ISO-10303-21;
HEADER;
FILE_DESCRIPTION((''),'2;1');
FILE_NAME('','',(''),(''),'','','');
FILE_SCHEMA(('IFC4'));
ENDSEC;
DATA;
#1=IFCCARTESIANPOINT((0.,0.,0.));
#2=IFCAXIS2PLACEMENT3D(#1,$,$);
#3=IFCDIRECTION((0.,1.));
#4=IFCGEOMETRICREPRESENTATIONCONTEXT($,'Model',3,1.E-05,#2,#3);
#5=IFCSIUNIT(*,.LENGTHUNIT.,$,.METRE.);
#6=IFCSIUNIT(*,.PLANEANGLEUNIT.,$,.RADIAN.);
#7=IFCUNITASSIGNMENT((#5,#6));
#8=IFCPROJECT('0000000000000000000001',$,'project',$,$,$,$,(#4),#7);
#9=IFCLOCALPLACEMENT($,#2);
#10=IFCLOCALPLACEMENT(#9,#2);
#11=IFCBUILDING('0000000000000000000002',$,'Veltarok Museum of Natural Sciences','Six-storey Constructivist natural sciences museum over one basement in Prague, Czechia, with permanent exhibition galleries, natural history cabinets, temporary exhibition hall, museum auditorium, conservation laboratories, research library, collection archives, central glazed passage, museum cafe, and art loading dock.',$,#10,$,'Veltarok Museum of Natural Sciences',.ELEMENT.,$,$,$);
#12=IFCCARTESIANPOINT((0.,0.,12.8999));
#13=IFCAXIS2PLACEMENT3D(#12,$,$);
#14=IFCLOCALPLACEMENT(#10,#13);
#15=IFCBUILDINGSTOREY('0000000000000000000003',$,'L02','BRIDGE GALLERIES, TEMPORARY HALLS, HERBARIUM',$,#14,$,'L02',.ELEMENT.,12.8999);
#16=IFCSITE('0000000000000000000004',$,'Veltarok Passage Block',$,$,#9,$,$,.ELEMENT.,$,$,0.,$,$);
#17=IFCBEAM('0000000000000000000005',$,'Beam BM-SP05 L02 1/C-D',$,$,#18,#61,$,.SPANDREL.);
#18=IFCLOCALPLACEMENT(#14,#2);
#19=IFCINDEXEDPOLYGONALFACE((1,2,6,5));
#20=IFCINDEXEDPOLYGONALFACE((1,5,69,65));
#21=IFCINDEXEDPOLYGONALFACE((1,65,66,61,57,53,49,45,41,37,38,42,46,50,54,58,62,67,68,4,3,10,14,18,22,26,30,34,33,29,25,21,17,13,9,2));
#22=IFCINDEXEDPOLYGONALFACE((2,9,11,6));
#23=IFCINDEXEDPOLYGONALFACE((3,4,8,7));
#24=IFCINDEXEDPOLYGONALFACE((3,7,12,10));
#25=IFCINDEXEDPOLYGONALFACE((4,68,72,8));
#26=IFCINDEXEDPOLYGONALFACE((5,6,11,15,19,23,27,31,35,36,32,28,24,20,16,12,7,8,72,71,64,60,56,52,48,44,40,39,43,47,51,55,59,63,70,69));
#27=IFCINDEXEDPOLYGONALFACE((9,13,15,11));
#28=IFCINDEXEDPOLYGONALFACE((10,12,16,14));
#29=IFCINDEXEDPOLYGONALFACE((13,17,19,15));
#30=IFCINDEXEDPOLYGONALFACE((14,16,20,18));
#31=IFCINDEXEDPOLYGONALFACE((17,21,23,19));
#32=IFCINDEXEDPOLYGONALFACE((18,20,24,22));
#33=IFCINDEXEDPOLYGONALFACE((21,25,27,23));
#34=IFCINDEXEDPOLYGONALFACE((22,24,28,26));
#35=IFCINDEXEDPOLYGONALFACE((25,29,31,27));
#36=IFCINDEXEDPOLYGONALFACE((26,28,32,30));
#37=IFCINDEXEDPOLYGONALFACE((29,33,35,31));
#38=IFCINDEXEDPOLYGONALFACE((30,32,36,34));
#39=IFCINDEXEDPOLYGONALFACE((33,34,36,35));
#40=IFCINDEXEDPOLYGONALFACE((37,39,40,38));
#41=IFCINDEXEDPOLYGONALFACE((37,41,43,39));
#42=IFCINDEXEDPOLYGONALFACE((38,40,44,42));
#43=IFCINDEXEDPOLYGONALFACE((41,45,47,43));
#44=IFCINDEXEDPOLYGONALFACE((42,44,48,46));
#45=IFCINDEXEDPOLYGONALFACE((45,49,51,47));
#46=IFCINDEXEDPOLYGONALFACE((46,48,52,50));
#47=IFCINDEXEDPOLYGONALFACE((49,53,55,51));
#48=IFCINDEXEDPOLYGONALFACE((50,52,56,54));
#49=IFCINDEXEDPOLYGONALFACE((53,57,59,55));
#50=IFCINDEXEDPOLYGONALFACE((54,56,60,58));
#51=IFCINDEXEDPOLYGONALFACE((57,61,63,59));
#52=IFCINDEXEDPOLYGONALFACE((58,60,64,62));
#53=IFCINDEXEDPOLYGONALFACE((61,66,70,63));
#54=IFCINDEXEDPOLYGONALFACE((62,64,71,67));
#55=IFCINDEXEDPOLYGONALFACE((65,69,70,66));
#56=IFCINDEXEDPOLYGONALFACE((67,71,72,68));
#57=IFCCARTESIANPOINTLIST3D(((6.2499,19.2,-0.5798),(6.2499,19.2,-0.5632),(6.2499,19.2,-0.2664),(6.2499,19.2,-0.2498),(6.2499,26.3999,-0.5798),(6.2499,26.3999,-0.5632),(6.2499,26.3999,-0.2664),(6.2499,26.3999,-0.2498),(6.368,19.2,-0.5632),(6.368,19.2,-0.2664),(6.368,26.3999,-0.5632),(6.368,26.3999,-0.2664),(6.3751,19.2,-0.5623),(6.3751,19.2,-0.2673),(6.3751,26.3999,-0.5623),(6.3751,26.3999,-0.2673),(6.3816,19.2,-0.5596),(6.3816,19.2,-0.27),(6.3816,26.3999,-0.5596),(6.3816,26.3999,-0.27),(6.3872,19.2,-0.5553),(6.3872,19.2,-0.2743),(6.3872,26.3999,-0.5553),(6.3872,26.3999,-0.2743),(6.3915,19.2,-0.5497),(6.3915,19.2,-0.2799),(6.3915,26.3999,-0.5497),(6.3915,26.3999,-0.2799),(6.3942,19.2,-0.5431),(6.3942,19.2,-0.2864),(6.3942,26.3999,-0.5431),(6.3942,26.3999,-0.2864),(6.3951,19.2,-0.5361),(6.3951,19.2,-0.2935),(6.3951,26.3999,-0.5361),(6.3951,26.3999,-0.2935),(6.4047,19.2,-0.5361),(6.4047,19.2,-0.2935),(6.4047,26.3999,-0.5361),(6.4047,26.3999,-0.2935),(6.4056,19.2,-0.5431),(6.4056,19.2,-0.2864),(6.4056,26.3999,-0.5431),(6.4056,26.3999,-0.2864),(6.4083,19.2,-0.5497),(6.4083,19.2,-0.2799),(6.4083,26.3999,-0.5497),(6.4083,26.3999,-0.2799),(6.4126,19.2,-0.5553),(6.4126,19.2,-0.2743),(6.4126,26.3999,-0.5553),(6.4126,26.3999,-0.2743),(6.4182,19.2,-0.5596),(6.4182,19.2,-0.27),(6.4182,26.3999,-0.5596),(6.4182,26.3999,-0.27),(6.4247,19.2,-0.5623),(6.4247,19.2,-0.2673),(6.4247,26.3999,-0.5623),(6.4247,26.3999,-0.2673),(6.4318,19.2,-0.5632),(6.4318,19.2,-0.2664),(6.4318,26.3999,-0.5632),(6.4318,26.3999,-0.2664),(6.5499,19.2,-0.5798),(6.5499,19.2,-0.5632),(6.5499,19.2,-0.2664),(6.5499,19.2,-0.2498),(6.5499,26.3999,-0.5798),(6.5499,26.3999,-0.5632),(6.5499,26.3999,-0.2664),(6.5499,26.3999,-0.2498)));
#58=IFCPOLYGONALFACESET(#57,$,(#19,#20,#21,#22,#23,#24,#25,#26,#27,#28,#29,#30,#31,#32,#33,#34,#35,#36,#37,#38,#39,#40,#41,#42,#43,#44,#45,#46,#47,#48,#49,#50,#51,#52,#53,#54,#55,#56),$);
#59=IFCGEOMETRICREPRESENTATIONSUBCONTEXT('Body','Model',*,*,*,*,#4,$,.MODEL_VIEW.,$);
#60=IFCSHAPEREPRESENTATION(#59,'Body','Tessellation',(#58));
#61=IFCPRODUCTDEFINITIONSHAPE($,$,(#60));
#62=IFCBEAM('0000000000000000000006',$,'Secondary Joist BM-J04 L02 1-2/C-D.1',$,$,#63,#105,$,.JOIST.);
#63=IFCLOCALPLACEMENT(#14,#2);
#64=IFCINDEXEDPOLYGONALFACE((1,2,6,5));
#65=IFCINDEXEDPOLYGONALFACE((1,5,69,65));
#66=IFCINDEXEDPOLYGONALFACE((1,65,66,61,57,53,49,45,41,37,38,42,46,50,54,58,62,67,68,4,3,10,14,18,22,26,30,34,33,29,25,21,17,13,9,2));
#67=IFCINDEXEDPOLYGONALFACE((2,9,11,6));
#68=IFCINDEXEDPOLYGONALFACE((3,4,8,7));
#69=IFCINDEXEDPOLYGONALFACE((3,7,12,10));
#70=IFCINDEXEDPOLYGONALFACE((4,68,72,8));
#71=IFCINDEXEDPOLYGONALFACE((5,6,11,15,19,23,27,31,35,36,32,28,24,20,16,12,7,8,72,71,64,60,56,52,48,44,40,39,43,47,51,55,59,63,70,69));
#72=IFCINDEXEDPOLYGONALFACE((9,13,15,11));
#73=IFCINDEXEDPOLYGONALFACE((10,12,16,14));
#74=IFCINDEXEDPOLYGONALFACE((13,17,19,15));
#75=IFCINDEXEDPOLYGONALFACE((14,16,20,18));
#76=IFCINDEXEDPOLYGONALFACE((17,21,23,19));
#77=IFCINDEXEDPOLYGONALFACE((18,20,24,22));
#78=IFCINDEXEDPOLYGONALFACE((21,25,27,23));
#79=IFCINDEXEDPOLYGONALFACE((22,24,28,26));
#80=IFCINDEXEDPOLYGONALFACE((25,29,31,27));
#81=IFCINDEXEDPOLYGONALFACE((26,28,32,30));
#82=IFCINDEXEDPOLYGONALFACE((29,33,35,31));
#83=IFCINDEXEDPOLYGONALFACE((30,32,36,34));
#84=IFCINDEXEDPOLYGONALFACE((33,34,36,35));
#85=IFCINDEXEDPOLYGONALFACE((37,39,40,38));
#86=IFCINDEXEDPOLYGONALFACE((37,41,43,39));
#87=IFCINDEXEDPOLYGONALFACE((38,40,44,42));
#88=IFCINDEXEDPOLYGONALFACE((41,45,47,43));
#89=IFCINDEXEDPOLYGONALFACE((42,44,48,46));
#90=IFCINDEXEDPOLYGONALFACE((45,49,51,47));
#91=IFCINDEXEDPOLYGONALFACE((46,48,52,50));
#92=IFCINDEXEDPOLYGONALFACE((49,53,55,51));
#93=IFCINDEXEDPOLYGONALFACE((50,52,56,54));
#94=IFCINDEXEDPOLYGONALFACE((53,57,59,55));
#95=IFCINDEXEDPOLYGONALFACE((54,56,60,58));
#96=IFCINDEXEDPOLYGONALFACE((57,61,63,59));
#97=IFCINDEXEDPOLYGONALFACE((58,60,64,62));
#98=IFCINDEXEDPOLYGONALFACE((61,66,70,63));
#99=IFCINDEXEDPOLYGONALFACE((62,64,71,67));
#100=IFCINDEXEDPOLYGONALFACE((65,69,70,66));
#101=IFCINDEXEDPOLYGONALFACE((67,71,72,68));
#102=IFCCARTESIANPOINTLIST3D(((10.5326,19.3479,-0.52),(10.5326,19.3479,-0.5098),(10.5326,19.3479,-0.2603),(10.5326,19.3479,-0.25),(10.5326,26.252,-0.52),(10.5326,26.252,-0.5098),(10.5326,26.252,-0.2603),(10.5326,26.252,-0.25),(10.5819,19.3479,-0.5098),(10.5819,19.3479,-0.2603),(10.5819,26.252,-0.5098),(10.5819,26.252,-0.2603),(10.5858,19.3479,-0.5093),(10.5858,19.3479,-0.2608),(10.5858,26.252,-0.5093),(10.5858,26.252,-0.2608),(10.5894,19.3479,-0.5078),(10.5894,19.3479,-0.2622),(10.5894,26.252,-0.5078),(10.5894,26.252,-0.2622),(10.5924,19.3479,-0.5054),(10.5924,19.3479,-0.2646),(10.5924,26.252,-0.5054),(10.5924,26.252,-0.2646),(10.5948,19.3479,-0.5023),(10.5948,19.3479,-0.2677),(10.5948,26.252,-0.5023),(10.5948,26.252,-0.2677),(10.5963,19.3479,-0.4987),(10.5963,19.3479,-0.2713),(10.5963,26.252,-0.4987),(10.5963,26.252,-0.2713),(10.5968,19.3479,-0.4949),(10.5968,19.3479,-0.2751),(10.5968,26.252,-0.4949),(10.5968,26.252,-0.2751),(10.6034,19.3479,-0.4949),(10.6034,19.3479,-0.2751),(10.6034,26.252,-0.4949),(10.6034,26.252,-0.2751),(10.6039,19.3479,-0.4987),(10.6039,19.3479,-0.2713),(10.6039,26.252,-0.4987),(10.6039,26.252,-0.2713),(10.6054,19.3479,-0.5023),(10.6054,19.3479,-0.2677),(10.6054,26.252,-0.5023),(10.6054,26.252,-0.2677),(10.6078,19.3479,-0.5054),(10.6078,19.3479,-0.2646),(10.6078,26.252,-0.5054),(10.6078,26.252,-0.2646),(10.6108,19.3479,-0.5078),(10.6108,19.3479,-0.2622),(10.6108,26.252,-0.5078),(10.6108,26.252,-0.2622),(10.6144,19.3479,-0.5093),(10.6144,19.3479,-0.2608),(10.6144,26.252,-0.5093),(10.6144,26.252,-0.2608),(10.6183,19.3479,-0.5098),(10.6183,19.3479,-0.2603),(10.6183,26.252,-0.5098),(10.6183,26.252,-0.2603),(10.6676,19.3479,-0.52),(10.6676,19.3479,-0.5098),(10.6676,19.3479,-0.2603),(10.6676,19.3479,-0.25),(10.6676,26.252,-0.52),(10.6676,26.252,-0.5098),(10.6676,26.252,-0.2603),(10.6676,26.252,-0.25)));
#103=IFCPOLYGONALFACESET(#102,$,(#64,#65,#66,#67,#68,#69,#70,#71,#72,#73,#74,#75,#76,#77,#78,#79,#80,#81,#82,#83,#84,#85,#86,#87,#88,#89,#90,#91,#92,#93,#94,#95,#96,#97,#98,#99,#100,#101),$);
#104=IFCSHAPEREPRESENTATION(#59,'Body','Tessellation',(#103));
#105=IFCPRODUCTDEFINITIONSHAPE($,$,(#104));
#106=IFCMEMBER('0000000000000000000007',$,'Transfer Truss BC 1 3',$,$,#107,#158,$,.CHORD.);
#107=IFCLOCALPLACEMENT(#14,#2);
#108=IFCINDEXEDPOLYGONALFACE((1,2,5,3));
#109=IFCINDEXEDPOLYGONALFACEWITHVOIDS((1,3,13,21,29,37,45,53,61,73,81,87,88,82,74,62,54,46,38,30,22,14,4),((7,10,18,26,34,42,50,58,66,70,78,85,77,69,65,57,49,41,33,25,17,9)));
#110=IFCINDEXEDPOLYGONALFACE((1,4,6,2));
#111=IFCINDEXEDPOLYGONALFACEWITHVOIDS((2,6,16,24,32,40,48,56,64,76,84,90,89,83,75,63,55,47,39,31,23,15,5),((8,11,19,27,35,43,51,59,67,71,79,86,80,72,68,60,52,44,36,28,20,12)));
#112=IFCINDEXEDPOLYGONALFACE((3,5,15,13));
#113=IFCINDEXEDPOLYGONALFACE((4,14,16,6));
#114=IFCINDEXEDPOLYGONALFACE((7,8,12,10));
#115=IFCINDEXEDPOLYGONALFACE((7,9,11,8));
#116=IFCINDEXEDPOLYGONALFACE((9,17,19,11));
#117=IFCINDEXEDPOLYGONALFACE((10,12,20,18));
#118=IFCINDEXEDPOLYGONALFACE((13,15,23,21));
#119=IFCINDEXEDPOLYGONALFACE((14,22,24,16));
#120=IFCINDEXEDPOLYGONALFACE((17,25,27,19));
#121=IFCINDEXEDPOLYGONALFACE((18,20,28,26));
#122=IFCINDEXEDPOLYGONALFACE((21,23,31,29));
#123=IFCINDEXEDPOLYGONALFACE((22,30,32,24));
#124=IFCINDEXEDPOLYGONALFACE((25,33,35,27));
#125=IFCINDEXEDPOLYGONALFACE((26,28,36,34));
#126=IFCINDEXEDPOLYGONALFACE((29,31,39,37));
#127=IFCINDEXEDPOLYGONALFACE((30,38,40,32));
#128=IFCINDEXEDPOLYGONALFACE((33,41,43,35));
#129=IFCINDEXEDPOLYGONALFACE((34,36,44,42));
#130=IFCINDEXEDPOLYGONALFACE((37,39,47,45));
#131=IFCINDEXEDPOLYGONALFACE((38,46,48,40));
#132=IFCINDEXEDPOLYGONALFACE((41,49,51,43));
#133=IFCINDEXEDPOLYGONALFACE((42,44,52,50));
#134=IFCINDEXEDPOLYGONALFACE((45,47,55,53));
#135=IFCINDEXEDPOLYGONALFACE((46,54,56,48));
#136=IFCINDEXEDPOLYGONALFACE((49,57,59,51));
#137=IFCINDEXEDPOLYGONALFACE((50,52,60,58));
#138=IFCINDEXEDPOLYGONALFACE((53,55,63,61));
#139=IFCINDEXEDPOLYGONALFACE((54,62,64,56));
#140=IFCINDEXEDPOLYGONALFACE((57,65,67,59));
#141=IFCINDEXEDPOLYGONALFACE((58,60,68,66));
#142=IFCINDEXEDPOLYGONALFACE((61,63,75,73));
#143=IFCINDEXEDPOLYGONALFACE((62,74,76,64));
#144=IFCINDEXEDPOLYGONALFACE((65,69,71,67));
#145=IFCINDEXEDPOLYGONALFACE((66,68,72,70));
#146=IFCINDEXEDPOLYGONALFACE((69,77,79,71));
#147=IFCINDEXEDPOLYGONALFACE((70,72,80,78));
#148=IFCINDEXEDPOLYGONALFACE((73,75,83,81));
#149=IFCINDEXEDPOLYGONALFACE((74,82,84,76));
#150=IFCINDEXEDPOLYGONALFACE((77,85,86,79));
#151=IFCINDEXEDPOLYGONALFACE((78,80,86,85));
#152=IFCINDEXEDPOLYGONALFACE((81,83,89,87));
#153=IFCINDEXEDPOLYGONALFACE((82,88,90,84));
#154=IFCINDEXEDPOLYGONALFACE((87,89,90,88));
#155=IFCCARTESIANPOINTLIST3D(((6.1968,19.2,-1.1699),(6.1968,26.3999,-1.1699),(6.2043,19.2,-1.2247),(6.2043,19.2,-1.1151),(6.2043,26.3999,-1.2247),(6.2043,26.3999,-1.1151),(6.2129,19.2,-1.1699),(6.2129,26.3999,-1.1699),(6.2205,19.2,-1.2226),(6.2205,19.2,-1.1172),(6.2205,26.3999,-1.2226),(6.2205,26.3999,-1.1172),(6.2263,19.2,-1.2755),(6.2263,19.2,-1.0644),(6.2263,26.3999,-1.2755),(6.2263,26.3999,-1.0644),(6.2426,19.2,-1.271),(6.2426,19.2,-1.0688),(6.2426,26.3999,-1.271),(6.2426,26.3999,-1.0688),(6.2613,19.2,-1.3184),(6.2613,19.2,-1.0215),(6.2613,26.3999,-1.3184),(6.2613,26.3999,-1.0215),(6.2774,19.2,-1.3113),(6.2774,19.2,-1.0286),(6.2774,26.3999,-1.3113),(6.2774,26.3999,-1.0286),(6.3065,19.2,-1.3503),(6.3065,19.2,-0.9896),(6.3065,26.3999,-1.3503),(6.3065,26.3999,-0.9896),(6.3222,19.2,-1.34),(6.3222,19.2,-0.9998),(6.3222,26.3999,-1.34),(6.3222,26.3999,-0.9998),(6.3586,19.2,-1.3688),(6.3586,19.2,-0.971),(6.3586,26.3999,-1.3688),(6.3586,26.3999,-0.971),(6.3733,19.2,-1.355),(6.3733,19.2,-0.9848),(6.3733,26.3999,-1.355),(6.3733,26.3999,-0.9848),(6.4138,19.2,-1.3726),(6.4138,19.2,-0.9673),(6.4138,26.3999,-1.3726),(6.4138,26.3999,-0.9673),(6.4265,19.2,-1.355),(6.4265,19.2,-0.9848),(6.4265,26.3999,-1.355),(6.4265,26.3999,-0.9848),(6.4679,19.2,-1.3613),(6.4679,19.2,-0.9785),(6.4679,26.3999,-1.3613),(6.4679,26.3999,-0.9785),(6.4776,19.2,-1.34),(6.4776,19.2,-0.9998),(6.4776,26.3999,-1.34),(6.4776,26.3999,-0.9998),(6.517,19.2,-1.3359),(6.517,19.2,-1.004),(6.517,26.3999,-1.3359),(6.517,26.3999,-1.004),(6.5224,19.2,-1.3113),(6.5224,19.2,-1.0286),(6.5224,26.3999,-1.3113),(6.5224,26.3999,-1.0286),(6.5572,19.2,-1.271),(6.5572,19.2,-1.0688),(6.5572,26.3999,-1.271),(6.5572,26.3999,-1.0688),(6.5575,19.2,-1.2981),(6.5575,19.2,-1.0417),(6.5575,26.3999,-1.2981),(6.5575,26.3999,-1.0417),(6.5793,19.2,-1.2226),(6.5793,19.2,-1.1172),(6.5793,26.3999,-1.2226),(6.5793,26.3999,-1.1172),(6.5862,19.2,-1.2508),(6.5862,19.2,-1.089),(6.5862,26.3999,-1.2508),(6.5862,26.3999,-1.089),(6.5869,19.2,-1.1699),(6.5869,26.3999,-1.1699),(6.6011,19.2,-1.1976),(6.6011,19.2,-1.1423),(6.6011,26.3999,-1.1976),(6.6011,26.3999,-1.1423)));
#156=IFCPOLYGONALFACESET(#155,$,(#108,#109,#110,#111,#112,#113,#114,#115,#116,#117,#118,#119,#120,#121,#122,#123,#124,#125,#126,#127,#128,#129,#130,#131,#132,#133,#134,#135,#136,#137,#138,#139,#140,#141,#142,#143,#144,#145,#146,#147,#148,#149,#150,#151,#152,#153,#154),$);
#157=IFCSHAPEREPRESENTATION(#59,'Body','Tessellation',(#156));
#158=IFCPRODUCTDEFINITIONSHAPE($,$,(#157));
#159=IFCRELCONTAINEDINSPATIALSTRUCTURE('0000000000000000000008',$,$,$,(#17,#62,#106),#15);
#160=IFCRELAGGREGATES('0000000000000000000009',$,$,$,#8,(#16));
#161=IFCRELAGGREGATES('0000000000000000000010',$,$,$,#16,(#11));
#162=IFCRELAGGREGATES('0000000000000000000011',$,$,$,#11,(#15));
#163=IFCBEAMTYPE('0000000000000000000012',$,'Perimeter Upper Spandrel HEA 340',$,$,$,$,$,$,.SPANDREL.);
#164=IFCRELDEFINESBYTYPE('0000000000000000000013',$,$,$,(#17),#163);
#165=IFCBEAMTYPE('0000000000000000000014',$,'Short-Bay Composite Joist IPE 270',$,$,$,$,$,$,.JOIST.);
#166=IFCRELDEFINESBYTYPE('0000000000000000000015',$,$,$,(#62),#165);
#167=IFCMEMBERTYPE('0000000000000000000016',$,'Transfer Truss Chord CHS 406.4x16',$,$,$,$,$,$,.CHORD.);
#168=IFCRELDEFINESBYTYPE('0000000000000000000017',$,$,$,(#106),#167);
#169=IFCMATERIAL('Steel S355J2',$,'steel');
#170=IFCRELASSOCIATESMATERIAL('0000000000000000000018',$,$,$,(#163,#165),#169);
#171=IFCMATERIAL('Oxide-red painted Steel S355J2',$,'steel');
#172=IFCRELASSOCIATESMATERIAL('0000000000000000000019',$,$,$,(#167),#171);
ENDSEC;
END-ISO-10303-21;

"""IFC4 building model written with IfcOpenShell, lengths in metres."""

from ifc_helpers import new_model, si_unit, direction, frame, origin, origin_2d, place, context, subcontext, project, spatial, hollow_circle, i_section, extrude, material, material_profile, profile_set, type_object, element, save


model = new_model("IFC4")

# Units and contexts
model_context = context("Model", 3, precision=1e-05, world=origin(), true_north=direction((0.0, 1.0)))
body_context = subcontext(model_context, "Body", "Model", "MODEL_VIEW")
ifc_project = project(units=[si_unit("LENGTHUNIT", "METRE"), si_unit("PLANEANGLEUNIT", "RADIAN")], contexts=[model_context])

# Site, building, storey
site_placement = place(None, origin())
site = spatial("IfcSite", under=ifc_project, at=site_placement, Name="Veltarok Passage Block", CompositionType="ELEMENT", RefElevation=0.0)
building_placement = place(site_placement, origin())
building = spatial("IfcBuilding", under=site, at=building_placement, Name="Veltarok Museum of Natural Sciences", Description="Six-storey Constructivist natural sciences museum over one basement in Prague, Czechia, with permanent exhibition galleries, natural history cabinets, temporary exhibition hall, museum auditorium, conservation laboratories, research library, collection archives, central glazed passage, museum cafe, and art loading dock.", LongName="Veltarok Museum of Natural Sciences", CompositionType="ELEMENT")
storey_placement = place(building_placement, frame((0.0, 0.0, 12.8999)))
storey = spatial("IfcBuildingStorey", under=building, at=storey_placement, Name="L02", Description="BRIDGE GALLERIES, TEMPORARY HALLS, HERBARIUM", LongName="L02", CompositionType="ELEMENT", Elevation=12.8999)

# Shared definitions
ifc_material_1 = material(Name="Steel S355J2", Category="steel")

# Shared definitions
ifc_material_2 = material(Name="Oxide-red painted Steel S355J2", Category="steel")

# Beams
ifc_material_profile_1 = material_profile(ifc_material_1, i_section(OverallWidth=0.3, OverallDepth=0.3301, WebThickness=0.0095, FlangeThickness=0.0166, FilletRadius=0.0271, at=origin_2d()), Name="HEA 340")
ifc_profile_set_1 = profile_set([ifc_material_profile_1], Name="Steel S355J2")
beam_type_1 = type_object("IfcBeamType", Name="Perimeter Upper Spandrel HEA 340", PredefinedType="SPANDREL", material=ifc_profile_set_1)
beam_1_placement = place(storey_placement, frame((6.3999, 19.2, -0.4148), z_axis=(0.0, 1.0, 0.0), x_axis=(-1.0, 0.0, 0.0)))
element("IfcBeam", 1, at=beam_1_placement, inside=storey, type_object=beam_type_1, Name="Beam BM-SP05 L02 1/C-D", PredefinedType="SPANDREL", context=body_context, shape_type="SweptSolid", body=[
    extrude(i_section(OverallWidth=0.3, OverallDepth=0.3301, WebThickness=0.0095, FlangeThickness=0.0166, FilletRadius=0.0271, at=origin_2d()), origin(), (0.0, 0.0, 1.0), 7.2),
])
ifc_material_profile_2 = material_profile(ifc_material_1, i_section(OverallWidth=0.135, OverallDepth=0.27, WebThickness=0.0066, FlangeThickness=0.0103, FilletRadius=0.0149, at=origin_2d()), Name="IPE 270")
ifc_profile_set_2 = profile_set([ifc_material_profile_2], Name="Steel S355J2")
beam_type_2 = type_object("IfcBeamType", Name="Short-Bay Composite Joist IPE 270", PredefinedType="JOIST", material=ifc_profile_set_2)
beam_2_placement = place(storey_placement, frame((10.6001, 19.3479, -0.385), z_axis=(0.0, 1.0, 0.0), x_axis=(-1.0, 0.0, 0.0)))
element("IfcBeam", 2, at=beam_2_placement, inside=storey, type_object=beam_type_2, Name="Secondary Joist BM-J04 L02 1-2/C-D.1", PredefinedType="JOIST", context=body_context, shape_type="SweptSolid", body=[
    extrude(i_section(OverallWidth=0.135, OverallDepth=0.27, WebThickness=0.0066, FlangeThickness=0.0103, FilletRadius=0.0149, at=origin_2d()), origin(), (0.0, 0.0, 1.0), 6.9041),
])

# Member
ifc_material_profile_3 = material_profile(ifc_material_2, hollow_circle(Radius=0.2031, WallThickness=0.0161, at=origin_2d()), Name="CHS 406.4x16")
ifc_profile_set_3 = profile_set([ifc_material_profile_3], Name="Oxide-red painted Steel S355J2")
member_type_1 = type_object("IfcMemberType", Name="Transfer Truss Chord CHS 406.4x16", PredefinedType="CHORD", material=ifc_profile_set_3)
for number, where, z_axis, x_axis, name in (
    (3, (6.3999, 19.2, -1.1699), (0.0, 1.0, 0.0), (-1.0, 0.0, 0.0), "Transfer Truss BC 1 3"),
):
    element("IfcMember", number, at=place(storey_placement, frame(where, z_axis=z_axis, x_axis=x_axis)), inside=storey, type_object=member_type_1, Name=name, PredefinedType="CHORD", context=body_context, shape_type="SweptSolid", body=[
        extrude(hollow_circle(Radius=0.2031, WallThickness=0.0161, at=origin_2d()), origin(), (0.0, 0.0, 1.0), 7.2),
    ])

save(model, "model.ifc")
